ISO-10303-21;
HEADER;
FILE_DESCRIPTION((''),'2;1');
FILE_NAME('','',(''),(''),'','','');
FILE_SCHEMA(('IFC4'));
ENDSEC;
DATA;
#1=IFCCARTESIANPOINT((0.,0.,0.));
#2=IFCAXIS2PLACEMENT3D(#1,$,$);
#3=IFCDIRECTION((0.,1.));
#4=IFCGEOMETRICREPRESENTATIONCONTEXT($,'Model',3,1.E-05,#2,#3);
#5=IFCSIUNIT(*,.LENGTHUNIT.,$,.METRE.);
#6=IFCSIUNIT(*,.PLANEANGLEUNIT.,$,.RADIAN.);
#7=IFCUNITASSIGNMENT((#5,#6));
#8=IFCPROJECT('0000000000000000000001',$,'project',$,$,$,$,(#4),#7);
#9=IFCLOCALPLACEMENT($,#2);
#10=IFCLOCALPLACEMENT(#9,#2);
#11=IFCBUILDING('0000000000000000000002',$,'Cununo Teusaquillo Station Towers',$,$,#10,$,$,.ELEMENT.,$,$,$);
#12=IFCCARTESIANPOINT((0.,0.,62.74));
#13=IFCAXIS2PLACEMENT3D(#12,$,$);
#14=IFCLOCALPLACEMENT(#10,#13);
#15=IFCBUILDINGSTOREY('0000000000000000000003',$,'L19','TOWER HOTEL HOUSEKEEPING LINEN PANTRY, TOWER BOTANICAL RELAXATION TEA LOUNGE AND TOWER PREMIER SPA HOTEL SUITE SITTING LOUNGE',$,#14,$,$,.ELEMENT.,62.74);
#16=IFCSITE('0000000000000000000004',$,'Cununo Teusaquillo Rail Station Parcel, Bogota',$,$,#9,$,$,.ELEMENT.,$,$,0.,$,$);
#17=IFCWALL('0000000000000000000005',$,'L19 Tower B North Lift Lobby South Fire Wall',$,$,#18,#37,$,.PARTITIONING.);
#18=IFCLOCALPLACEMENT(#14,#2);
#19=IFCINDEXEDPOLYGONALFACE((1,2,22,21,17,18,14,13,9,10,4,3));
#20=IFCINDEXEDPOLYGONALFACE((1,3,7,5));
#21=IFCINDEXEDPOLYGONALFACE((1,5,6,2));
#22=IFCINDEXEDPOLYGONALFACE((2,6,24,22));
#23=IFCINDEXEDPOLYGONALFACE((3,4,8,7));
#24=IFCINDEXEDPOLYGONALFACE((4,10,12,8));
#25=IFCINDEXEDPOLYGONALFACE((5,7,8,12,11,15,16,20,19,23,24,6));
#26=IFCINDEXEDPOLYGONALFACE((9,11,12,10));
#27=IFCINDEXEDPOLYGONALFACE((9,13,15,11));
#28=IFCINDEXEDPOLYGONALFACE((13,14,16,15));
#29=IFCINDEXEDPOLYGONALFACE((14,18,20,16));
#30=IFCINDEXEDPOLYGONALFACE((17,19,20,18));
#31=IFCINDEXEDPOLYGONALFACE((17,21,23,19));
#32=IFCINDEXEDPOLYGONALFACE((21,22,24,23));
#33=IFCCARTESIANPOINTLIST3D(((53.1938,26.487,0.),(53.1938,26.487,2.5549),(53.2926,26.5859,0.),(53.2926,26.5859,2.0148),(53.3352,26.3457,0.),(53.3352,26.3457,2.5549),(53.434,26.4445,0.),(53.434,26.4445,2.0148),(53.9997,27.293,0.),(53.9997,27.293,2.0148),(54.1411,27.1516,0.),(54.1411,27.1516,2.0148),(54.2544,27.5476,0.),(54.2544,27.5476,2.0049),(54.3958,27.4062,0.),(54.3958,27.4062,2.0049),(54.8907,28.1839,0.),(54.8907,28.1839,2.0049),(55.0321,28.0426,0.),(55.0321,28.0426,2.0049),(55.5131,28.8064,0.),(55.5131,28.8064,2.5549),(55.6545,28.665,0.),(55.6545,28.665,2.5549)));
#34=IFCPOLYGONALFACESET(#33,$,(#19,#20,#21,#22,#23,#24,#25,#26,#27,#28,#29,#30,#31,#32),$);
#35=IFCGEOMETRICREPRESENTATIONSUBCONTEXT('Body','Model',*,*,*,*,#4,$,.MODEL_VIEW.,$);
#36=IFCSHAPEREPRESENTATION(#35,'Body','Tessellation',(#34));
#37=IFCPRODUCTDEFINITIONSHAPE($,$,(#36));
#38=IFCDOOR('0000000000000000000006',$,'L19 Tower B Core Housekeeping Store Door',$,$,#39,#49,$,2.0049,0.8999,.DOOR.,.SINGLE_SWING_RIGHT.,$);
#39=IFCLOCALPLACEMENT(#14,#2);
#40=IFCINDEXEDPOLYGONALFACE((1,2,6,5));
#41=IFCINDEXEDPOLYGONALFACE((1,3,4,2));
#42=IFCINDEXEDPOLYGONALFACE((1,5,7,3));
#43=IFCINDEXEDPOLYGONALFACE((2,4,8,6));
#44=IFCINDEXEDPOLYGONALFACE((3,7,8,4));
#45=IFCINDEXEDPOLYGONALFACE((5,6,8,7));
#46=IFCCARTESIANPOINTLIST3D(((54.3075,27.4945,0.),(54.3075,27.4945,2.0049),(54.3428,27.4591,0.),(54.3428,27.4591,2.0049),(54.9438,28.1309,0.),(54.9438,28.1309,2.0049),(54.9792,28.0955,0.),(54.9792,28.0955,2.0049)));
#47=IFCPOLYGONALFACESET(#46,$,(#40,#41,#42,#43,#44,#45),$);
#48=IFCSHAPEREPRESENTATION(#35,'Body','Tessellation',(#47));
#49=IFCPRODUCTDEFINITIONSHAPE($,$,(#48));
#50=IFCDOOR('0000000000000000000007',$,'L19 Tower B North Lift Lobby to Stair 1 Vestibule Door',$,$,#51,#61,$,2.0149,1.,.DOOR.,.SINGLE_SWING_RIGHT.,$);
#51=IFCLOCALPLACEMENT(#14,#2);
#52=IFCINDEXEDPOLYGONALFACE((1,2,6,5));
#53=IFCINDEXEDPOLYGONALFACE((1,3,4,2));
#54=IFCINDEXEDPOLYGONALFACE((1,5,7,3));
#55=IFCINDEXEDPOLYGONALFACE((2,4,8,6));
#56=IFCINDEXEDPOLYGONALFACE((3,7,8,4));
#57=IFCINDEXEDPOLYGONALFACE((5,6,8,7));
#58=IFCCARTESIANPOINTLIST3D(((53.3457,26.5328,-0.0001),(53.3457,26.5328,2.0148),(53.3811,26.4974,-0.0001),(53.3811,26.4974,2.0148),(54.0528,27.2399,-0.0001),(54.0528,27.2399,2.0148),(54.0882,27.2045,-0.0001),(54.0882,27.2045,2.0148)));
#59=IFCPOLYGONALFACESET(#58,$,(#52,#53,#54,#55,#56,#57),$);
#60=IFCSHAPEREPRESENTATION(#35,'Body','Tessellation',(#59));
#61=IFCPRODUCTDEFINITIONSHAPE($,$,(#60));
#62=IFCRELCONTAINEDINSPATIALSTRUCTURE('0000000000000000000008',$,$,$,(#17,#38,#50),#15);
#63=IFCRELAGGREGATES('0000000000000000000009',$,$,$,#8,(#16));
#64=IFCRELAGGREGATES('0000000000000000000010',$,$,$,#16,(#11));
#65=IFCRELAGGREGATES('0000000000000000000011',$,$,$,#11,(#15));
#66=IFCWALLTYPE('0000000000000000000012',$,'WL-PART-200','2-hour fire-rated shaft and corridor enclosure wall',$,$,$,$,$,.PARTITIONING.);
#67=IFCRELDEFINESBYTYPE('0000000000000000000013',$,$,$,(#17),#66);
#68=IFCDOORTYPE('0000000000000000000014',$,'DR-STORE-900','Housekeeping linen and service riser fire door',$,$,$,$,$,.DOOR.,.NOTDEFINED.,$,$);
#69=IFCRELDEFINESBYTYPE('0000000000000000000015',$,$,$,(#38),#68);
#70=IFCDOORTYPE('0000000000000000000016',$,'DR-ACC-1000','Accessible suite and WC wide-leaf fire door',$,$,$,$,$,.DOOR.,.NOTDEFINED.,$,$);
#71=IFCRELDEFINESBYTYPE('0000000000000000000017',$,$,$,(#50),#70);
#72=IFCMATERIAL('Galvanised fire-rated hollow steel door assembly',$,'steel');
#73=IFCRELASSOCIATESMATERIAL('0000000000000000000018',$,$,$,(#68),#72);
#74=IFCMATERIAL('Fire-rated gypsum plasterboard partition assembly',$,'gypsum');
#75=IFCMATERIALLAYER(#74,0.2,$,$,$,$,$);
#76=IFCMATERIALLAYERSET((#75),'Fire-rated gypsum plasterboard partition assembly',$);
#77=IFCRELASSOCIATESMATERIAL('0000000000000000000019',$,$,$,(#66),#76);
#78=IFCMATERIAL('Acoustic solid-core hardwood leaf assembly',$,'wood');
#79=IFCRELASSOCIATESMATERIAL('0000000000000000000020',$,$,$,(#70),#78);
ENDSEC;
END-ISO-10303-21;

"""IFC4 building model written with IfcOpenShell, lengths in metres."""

from ifc_helpers import new_model, si_unit, direction, frame, frame_2d, origin, place, context, subcontext, project, spatial, rectangle, extrude, source, transform, mapped, material, layer, layer_set, type_object, element, fill, save


model = new_model("IFC4")

# Units and contexts
model_context = context("Model", 3, precision=1e-05, world=origin(), true_north=direction((0.0, 1.0)))
body_context = subcontext(model_context, "Body", "Model", "MODEL_VIEW")
ifc_project = project(units=[si_unit("LENGTHUNIT", "METRE"), si_unit("PLANEANGLEUNIT", "RADIAN")], contexts=[model_context])

# Site, building, storey
site_placement = place(None, origin())
site = spatial("IfcSite", under=ifc_project, at=site_placement, Name="Cununo Teusaquillo Rail Station Parcel, Bogota", CompositionType="ELEMENT", RefElevation=0.0)
building_placement = place(site_placement, origin())
building = spatial("IfcBuilding", under=site, at=building_placement, Name="Cununo Teusaquillo Station Towers", CompositionType="ELEMENT")
storey_placement = place(building_placement, frame((0.0, 0.0, 62.74)))
storey = spatial("IfcBuildingStorey", under=building, at=storey_placement, Name="L19", Description="TOWER HOTEL HOUSEKEEPING LINEN PANTRY, TOWER BOTANICAL RELAXATION TEA LOUNGE AND TOWER PREMIER SPA HOTEL SUITE SITTING LOUNGE", CompositionType="ELEMENT", Elevation=62.74)

# Shared definitions
ifc_material_1 = material(Name="Galvanised fire-rated hollow steel door assembly", Category="steel")
door_type_1 = type_object("IfcDoorType", Name="DR-STORE-900", Description="Housekeeping linen and service riser fire door", OperationType="NOTDEFINED", PredefinedType="DOOR", material=ifc_material_1)
shared_shape_1 = source(origin(), body_context, "Body", "SweptSolid", [
    extrude(rectangle(XDim=0.8999, YDim=2.0049, at=frame_2d((0.45, 1.0024))), frame((0.0, 0.0249, 0.0), z_axis=(0.0, -1.0, 0.0), x_axis=(1.0, 0.0, 0.0)), (0.0, 0.0, 1.0), 0.05),
])

# Shared definitions
ifc_material_2 = material(Name="Fire-rated gypsum plasterboard partition assembly", Category="gypsum")
ifc_layer_1 = layer(ifc_material_2, 0.2)
ifc_layer_set_1 = layer_set([ifc_layer_1], Name="Fire-rated gypsum plasterboard partition assembly")
wall_type_1 = type_object("IfcWallType", Name="WL-PART-200", Description="2-hour fire-rated shaft and corridor enclosure wall", PredefinedType="PARTITIONING", material=ifc_layer_set_1)

# Wall, openings, doors
wall_1_placement = place(storey_placement, frame((53.2644, 26.4163, 0.0), z_axis=(0.0, 0.0, 1.0), x_axis=(0.707107, 0.707107, 0.0)))
wall_1 = element("IfcWall", 1, at=wall_1_placement, inside=storey, type_object=wall_type_1, Name="L19 Tower B North Lift Lobby South Fire Wall", PredefinedType="PARTITIONING", context=body_context, shape_type="SweptSolid", body=[
    extrude(rectangle(XDim=3.28, YDim=0.2, at=frame_2d((1.6401, 0.0))), origin(), (0.0, 0.0, 1.0), 2.5549),
])
shared_shape_2 = source(origin(), body_context, "Body", "SweptSolid", [
    extrude(rectangle(XDim=1.0, YDim=2.0149, at=frame_2d((0.5, 1.0073))), frame((0.0, 0.1099, 0.0), z_axis=(0.0, -1.0, 0.0), x_axis=(1.0, 0.0, 0.0)), (0.0, 0.0, 1.0), 0.22),
])
opening_1_placement = place(wall_1_placement, frame((0.1399, 0.0, 0.0)))
opening_1 = element("IfcOpeningElement", 2, at=opening_1_placement, cuts=wall_1, PredefinedType="OPENING", context=body_context, shape_type="MappedRepresentation", body=[
    mapped(shared_shape_2, transform((0.0, 0.0, 0.0), x_axis=(1.0, 0.0, 0.0), y_axis=(0.0, 1.0, 0.0), z_axis=(0.0, 0.0, 1.0), scale=1.0)),
])
shared_shape_3 = source(origin(), body_context, "Body", "SweptSolid", [
    extrude(rectangle(XDim=0.8999, YDim=2.0049, at=frame_2d((0.45, 1.0024))), frame((0.0, 0.1099, 0.0), z_axis=(0.0, -1.0, 0.0), x_axis=(1.0, 0.0, 0.0)), (0.0, 0.0, 1.0), 0.22),
])
opening_2_placement = place(wall_1_placement, frame((1.5, 0.0, 0.0)))
opening_2 = element("IfcOpeningElement", 3, at=opening_2_placement, cuts=wall_1, PredefinedType="OPENING", context=body_context, shape_type="MappedRepresentation", body=[
    mapped(shared_shape_3, transform((0.0, 0.0, 0.0), x_axis=(1.0, 0.0, 0.0), y_axis=(0.0, 1.0, 0.0), z_axis=(0.0, 0.0, 1.0), scale=1.0)),
])
door_1_placement = place(opening_2_placement, origin())
door_1 = element("IfcDoor", 4, at=door_1_placement, inside=storey, type_object=door_type_1, Name="L19 Tower B Core Housekeeping Store Door", OperationType="SINGLE_SWING_RIGHT", OverallHeight=2.0049, OverallWidth=0.8999, PredefinedType="DOOR", context=body_context, shape_type="MappedRepresentation", body=[
    mapped(shared_shape_1, transform((0.0, 0.0, 0.0), x_axis=(1.0, 0.0, 0.0), y_axis=(0.0, 1.0, 0.0), z_axis=(0.0, 0.0, 1.0), scale=1.0)),
])
fill(opening_2, door_1)
ifc_material_3 = material(Name="Acoustic solid-core hardwood leaf assembly", Category="wood")
door_type_2 = type_object("IfcDoorType", Name="DR-ACC-1000", Description="Accessible suite and WC wide-leaf fire door", OperationType="NOTDEFINED", PredefinedType="DOOR", material=ifc_material_3)
shared_shape_4 = source(origin(), body_context, "Body", "SweptSolid", [
    extrude(rectangle(XDim=1.0, YDim=2.0149, at=frame_2d((0.5, 1.0073))), frame((0.0, 0.0249, 0.0), z_axis=(0.0, -1.0, 0.0), x_axis=(1.0, 0.0, 0.0)), (0.0, 0.0, 1.0), 0.05),
])
door_2_placement = place(opening_1_placement, origin())
door_2 = element("IfcDoor", 5, at=door_2_placement, inside=storey, type_object=door_type_2, Name="L19 Tower B North Lift Lobby to Stair 1 Vestibule Door", OperationType="SINGLE_SWING_RIGHT", OverallHeight=2.0149, OverallWidth=1.0, PredefinedType="DOOR", context=body_context, shape_type="MappedRepresentation", body=[
    mapped(shared_shape_4, transform((0.0, 0.0, 0.0), x_axis=(1.0, 0.0, 0.0), y_axis=(0.0, 1.0, 0.0), z_axis=(0.0, 0.0, 1.0), scale=1.0)),
])
fill(opening_1, door_2)

save(model, "model.ifc")
